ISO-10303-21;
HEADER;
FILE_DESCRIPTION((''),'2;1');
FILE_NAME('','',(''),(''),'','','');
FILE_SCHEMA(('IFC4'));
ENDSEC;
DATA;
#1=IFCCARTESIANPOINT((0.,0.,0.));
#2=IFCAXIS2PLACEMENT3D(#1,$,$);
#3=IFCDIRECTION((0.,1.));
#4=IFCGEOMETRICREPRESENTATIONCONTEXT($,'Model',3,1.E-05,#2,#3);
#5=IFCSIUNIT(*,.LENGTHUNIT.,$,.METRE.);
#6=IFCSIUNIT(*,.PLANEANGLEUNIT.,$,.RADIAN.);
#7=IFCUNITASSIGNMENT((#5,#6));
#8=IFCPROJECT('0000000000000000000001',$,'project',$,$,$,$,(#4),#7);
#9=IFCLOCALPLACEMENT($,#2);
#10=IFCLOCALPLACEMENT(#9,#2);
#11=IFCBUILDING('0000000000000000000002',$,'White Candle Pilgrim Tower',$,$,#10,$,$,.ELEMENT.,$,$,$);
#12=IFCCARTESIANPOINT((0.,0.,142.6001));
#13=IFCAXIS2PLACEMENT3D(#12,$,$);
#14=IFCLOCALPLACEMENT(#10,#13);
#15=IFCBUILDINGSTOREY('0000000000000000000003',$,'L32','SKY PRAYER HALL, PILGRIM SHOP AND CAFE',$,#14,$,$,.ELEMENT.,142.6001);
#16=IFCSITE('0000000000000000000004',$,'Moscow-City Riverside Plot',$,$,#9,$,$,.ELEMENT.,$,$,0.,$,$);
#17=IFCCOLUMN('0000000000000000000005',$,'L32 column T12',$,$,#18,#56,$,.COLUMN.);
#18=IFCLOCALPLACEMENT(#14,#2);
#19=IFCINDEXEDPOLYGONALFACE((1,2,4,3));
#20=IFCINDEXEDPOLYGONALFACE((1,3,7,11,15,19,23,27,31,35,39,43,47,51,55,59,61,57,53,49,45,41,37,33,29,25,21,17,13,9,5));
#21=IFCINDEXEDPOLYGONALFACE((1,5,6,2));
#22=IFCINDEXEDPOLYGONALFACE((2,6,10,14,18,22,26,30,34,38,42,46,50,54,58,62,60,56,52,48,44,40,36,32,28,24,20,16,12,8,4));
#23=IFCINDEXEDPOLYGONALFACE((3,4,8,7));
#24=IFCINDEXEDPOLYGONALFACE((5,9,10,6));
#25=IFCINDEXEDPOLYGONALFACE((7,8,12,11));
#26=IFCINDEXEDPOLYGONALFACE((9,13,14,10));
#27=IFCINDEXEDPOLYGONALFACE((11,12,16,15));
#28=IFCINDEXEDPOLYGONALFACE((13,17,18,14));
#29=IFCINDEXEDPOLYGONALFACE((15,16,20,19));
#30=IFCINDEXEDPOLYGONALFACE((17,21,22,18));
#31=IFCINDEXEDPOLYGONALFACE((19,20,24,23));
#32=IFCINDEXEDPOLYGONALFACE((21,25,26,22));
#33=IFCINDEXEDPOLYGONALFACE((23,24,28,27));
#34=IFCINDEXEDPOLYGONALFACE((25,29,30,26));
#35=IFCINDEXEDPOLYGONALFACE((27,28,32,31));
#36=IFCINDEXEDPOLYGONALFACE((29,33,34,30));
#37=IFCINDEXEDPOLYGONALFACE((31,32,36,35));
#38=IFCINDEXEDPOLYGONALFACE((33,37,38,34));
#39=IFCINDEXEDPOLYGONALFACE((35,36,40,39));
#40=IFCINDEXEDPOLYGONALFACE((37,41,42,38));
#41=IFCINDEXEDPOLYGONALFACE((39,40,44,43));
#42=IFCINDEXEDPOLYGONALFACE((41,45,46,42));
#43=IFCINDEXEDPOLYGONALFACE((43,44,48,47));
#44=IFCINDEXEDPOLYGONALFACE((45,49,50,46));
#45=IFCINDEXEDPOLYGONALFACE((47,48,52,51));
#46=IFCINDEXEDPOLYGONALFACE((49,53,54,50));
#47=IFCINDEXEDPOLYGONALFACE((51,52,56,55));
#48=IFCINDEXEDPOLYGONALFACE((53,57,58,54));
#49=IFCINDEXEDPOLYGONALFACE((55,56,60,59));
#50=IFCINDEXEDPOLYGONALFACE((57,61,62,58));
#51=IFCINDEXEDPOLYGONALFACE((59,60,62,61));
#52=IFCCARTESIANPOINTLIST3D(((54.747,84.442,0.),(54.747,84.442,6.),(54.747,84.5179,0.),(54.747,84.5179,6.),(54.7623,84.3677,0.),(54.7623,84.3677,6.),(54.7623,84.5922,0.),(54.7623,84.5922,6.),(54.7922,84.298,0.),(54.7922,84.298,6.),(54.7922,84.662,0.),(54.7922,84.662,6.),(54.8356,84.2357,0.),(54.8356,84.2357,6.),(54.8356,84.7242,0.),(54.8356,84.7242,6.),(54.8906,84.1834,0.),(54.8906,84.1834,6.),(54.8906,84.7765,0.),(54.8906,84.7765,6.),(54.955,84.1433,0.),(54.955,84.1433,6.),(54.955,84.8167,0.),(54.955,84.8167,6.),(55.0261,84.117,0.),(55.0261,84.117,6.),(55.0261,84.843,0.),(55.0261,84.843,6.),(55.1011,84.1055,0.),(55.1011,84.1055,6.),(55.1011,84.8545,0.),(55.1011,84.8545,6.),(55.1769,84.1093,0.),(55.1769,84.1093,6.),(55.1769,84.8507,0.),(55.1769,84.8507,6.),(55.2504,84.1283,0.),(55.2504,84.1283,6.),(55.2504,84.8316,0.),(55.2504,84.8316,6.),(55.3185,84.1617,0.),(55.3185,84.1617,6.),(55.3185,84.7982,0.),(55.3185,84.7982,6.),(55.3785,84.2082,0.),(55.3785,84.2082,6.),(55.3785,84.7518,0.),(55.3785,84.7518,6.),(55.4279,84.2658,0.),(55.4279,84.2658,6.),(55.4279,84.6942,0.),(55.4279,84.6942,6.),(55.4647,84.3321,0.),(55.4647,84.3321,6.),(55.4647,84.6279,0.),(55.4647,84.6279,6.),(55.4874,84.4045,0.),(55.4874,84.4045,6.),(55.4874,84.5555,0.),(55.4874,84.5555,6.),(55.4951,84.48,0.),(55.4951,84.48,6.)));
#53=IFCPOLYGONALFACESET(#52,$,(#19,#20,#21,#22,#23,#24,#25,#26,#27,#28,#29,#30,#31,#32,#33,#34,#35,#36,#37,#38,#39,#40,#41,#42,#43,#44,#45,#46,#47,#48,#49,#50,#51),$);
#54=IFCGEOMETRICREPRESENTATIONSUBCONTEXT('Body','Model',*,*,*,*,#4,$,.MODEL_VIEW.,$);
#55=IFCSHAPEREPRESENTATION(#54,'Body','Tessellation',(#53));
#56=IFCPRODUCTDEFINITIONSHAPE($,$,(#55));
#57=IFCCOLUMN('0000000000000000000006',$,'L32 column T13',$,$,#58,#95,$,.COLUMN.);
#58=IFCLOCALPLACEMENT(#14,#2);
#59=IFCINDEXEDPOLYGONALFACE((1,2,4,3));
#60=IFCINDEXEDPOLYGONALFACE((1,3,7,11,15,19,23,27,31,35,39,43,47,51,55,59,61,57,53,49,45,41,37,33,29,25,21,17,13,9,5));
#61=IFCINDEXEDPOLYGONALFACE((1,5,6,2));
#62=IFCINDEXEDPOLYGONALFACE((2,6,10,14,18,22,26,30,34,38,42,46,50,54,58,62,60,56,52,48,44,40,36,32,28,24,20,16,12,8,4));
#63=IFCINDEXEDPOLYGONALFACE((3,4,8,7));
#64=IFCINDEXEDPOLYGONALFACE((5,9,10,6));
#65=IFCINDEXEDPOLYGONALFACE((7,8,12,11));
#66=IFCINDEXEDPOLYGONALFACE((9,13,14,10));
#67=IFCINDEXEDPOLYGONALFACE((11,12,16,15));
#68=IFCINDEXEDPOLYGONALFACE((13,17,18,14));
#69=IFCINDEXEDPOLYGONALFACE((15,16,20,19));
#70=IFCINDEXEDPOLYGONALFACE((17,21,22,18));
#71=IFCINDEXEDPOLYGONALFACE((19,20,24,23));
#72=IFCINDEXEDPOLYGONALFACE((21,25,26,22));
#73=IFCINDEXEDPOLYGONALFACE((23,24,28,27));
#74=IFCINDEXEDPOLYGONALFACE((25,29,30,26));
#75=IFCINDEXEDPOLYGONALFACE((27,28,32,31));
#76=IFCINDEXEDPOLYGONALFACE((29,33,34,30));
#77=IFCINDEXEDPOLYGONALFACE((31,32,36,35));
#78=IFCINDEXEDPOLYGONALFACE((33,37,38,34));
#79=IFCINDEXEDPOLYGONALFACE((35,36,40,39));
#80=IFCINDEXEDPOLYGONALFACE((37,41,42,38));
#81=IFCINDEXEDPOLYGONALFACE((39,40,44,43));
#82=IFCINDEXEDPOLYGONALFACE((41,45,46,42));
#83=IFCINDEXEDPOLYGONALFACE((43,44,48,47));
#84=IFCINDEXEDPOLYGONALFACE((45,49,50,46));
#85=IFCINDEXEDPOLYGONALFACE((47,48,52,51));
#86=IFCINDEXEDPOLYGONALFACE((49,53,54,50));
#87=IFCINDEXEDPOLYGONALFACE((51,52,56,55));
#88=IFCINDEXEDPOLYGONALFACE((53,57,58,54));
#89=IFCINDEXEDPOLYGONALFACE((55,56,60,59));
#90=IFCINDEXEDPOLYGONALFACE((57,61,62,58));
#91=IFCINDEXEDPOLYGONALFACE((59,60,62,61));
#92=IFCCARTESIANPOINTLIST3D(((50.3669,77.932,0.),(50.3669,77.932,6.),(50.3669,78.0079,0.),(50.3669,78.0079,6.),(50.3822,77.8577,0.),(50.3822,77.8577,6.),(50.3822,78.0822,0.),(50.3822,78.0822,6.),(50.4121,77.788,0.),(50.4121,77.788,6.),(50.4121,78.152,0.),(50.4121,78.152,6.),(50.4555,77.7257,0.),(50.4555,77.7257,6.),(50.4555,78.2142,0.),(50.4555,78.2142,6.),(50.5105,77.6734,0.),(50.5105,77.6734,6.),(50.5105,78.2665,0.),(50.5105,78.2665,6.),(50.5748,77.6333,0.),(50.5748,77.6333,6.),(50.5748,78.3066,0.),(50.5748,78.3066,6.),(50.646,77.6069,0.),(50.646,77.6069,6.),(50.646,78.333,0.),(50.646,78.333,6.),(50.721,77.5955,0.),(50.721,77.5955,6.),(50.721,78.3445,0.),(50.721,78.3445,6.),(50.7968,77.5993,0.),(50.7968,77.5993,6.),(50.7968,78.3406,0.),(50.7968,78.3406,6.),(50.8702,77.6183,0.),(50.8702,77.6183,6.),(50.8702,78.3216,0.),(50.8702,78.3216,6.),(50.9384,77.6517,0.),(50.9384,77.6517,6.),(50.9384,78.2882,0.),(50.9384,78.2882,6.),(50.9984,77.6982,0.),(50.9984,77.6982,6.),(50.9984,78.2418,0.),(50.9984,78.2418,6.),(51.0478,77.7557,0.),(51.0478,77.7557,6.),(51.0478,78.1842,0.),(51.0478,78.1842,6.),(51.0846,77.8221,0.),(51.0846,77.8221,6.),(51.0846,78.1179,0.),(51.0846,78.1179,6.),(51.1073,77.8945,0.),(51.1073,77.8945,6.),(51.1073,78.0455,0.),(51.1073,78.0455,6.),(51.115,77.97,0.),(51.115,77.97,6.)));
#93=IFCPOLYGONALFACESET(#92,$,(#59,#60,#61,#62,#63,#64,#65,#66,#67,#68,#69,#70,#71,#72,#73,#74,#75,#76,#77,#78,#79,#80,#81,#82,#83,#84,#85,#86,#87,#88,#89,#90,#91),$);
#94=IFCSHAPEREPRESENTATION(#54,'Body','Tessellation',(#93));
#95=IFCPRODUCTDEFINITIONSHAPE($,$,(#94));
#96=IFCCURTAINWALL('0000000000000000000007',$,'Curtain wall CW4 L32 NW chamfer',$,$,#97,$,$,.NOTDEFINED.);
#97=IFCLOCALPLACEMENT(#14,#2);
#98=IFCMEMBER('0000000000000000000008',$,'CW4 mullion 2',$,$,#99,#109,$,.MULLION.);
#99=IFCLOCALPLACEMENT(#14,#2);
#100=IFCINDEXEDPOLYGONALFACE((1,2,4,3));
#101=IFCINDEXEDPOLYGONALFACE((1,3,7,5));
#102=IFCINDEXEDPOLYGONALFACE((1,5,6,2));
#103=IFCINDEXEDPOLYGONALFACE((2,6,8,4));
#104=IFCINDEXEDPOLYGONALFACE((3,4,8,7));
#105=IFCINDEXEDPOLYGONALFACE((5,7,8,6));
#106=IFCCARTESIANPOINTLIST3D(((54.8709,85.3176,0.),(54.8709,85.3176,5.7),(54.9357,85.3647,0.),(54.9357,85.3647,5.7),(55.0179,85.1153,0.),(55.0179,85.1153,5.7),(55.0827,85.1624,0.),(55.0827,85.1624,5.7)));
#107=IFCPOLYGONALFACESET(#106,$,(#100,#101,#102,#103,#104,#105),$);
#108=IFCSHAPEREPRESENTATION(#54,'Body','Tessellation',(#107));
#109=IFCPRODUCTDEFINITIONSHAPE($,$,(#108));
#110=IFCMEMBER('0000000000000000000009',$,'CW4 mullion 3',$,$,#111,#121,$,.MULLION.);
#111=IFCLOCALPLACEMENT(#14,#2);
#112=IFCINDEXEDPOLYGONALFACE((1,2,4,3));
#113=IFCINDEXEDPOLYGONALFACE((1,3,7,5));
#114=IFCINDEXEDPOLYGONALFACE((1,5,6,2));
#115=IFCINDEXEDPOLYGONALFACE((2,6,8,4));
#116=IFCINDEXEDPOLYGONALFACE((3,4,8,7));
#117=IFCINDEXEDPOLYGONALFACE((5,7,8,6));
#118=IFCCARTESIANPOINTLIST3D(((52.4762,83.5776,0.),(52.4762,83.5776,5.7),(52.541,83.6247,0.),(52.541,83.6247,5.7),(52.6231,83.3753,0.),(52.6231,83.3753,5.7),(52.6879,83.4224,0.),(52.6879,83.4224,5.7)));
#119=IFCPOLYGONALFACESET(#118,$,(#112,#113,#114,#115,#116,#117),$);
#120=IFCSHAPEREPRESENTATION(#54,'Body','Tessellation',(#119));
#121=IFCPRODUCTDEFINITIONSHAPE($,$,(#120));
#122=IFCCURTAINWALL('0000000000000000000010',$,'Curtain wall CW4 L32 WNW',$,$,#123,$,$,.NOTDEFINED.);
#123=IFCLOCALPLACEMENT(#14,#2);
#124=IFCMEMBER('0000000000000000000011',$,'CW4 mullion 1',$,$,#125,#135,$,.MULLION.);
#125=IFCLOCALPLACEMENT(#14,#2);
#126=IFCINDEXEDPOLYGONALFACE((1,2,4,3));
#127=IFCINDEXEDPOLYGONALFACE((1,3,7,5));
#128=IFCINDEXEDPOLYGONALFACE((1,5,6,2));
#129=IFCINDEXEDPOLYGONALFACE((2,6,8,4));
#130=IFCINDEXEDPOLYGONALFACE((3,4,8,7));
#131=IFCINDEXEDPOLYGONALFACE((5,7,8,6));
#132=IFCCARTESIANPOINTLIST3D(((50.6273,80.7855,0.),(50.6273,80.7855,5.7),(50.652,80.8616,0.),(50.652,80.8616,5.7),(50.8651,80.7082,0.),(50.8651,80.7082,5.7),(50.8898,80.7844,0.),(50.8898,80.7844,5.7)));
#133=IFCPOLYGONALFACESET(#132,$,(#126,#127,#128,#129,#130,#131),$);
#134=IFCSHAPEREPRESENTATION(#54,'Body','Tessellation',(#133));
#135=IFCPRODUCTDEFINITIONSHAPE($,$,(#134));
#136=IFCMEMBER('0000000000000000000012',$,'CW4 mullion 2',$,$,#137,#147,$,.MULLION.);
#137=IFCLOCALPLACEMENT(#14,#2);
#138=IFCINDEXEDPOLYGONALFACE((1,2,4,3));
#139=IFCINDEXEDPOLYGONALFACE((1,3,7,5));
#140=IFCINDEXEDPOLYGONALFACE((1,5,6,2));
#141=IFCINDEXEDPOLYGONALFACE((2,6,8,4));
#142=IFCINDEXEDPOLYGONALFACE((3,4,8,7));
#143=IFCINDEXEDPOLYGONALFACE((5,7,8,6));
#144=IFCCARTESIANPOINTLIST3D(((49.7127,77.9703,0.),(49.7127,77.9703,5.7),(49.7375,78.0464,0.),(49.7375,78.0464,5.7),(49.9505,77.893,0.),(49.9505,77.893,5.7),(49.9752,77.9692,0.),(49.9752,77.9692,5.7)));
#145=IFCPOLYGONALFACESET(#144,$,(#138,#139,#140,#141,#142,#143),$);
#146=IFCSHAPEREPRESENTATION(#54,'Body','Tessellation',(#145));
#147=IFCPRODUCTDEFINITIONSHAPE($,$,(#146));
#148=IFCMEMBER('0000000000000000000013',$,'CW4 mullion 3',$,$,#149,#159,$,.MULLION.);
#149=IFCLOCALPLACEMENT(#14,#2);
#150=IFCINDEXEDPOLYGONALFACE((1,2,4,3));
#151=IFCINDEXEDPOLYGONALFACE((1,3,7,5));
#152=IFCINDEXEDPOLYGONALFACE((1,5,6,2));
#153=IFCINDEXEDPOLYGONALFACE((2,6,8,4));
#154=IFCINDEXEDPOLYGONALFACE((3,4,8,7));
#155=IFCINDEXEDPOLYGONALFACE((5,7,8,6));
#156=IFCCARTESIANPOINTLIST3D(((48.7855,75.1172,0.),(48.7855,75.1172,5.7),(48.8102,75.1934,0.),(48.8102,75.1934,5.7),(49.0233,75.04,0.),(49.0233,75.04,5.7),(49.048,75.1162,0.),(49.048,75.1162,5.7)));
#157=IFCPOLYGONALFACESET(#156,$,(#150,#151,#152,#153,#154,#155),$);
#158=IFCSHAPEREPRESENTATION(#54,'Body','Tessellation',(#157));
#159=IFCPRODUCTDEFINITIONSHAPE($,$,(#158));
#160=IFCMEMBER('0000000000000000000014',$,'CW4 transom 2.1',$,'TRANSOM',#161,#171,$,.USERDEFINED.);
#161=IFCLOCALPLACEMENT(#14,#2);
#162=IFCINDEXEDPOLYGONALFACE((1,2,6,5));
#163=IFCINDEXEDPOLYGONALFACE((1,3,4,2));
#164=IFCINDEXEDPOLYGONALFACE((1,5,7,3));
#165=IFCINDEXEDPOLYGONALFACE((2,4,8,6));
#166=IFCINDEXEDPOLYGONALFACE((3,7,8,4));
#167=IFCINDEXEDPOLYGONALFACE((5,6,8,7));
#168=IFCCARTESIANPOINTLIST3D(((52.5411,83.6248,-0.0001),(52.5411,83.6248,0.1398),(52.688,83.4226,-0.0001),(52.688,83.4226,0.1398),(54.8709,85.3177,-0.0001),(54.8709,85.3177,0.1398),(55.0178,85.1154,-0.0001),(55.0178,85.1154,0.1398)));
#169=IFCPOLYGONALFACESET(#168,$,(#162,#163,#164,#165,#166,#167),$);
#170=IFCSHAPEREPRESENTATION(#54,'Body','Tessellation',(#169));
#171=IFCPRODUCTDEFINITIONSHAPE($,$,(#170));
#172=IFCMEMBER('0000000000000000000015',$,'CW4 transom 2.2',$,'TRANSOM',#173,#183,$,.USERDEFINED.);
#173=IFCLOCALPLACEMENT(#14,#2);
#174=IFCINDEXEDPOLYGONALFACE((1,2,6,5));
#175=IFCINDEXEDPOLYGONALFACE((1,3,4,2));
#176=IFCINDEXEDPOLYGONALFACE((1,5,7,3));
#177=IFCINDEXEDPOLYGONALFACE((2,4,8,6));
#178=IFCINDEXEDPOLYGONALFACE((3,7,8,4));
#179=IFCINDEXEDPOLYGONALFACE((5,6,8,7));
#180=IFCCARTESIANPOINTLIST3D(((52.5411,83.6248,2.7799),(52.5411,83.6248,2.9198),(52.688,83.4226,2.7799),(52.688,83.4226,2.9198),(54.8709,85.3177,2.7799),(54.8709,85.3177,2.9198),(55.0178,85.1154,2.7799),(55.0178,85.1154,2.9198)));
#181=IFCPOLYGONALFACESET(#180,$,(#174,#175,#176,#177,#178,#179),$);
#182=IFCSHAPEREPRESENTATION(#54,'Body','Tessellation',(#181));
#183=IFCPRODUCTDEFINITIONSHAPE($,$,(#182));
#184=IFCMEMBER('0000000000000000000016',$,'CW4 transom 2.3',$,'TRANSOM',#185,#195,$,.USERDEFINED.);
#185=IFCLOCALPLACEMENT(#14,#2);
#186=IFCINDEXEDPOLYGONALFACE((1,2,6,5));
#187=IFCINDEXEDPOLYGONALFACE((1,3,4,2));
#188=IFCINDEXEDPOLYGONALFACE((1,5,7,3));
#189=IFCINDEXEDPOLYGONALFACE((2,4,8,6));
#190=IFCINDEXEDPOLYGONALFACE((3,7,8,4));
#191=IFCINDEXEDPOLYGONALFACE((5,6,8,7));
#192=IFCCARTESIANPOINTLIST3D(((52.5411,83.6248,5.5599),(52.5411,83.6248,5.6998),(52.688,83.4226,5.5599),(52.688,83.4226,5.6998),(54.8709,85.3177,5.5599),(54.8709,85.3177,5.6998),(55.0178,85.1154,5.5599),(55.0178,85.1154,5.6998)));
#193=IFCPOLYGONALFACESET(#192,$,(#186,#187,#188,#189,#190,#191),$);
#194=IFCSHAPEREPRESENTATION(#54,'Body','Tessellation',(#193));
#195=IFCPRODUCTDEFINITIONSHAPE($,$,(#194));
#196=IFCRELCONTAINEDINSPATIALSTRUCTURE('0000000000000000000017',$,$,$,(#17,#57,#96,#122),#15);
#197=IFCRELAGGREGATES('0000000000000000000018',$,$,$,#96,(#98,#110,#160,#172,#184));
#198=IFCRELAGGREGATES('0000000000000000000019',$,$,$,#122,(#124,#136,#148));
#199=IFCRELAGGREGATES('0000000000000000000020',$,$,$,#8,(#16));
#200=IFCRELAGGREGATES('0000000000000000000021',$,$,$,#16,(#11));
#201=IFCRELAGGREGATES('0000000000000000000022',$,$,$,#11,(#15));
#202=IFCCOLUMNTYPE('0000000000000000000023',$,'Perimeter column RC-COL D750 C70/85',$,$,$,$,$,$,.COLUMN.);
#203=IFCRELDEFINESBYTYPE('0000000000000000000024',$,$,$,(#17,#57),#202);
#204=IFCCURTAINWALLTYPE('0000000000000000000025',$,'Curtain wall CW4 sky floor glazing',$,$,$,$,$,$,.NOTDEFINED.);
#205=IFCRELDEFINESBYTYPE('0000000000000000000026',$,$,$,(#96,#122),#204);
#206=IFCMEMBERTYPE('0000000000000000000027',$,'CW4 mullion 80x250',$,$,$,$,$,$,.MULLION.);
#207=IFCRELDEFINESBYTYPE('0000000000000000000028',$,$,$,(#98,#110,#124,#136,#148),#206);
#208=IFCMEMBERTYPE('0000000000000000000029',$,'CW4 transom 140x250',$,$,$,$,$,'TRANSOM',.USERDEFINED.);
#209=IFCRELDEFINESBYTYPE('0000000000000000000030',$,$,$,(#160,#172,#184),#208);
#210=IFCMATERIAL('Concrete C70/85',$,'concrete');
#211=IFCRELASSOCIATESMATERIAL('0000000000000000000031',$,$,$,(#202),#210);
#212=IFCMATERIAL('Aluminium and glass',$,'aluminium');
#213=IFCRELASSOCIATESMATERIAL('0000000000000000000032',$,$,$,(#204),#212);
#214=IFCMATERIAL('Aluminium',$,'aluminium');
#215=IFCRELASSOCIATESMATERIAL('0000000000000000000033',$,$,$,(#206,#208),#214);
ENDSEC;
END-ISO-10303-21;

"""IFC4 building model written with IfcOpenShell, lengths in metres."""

from ifc_helpers import new_model, si_unit, direction, frame, origin, origin_2d, place, context, subcontext, project, spatial, rectangle, circle, extrude, material, material_profile, profile_set, type_object, element, aggregate, save


model = new_model("IFC4")

# Units and contexts
model_context = context("Model", 3, precision=1e-05, world=origin(), true_north=direction((0.0, 1.0)))
body_context = subcontext(model_context, "Body", "Model", "MODEL_VIEW")
ifc_project = project(units=[si_unit("LENGTHUNIT", "METRE"), si_unit("PLANEANGLEUNIT", "RADIAN")], contexts=[model_context])

# Site, building, storey
site_placement = place(None, origin())
site = spatial("IfcSite", under=ifc_project, at=site_placement, Name="Moscow-City Riverside Plot", CompositionType="ELEMENT", RefElevation=0.0)
building_placement = place(site_placement, origin())
building = spatial("IfcBuilding", under=site, at=building_placement, Name="White Candle Pilgrim Tower", CompositionType="ELEMENT")
storey_placement = place(building_placement, frame((0.0, 0.0, 142.6001)))
storey = spatial("IfcBuildingStorey", under=building, at=storey_placement, Name="L32", Description="SKY PRAYER HALL, PILGRIM SHOP AND CAFE", CompositionType="ELEMENT", Elevation=142.6001)

# Columns
ifc_material_1 = material(Name="Concrete C70/85", Category="concrete")
ifc_material_profile_1 = material_profile(ifc_material_1, circle(Radius=0.375, at=origin_2d()), Name="RC-COL D750")
ifc_profile_set_1 = profile_set([ifc_material_profile_1], Name="Concrete C70/85")
column_type = type_object("IfcColumnType", Name="Perimeter column RC-COL D750 C70/85", PredefinedType="COLUMN", material=ifc_profile_set_1)
for number, where, z_axis, x_axis, name in (
    (1, (55.1201, 84.48, 0.0), (0.0, 0.0, 1.0), (1.0, 0.0, 0.0), "L32 column T12"),
    (2, (50.74, 77.97, 0.0), (0.0, 0.0, 1.0), (1.0, 0.0, 0.0), "L32 column T13"),
):
    element("IfcColumn", number, at=place(storey_placement, frame(where, z_axis=z_axis, x_axis=x_axis)), inside=storey, type_object=column_type, Name=name, PredefinedType="COLUMN", context=body_context, shape_type="SweptSolid", body=[
        extrude(circle(Radius=0.375, at=origin_2d()), origin(), (0.0, 0.0, 1.0), 6.0),
    ])

# Curtain walls, members
ifc_material_2 = material(Name="Aluminium and glass", Category="aluminium")
curtain_wall_type = type_object("IfcCurtainWallType", Name="Curtain wall CW4 sky floor glazing", PredefinedType="NOTDEFINED", material=ifc_material_2)
curtain_wall_1_placement = place(storey_placement, origin())
curtain_wall_1 = element("IfcCurtainWall", 3, at=curtain_wall_1_placement, inside=storey, type_object=curtain_wall_type, Name="Curtain wall CW4 L32 NW chamfer", PredefinedType="NOTDEFINED")
ifc_material_3 = material(Name="Aluminium", Category="aluminium")
ifc_material_profile_2 = material_profile(ifc_material_3, rectangle(XDim=0.25, YDim=0.0801, at=origin_2d()), Name="CW4 mullion 80x250")
ifc_profile_set_2 = profile_set([ifc_material_profile_2], Name="Aluminium")
member_type_1 = type_object("IfcMemberType", Name="CW4 mullion 80x250", PredefinedType="MULLION", material=ifc_profile_set_2)
member_1_placement = place(storey_placement, frame((54.9768, 85.24, 0.0), z_axis=(0.0, 0.0, 1.0), x_axis=(0.587785, -0.809017, 0.0)))
member_1 = element("IfcMember", 4, at=member_1_placement, type_object=member_type_1, Name="CW4 mullion 2", PredefinedType="MULLION", context=body_context, shape_type="SweptSolid", body=[
    extrude(rectangle(XDim=0.25, YDim=0.0801, at=origin_2d()), origin(), (0.0, 0.0, 1.0), 5.7),
])
member_2_placement = place(storey_placement, frame((52.582, 83.5, 0.0), z_axis=(0.0, 0.0, 1.0), x_axis=(0.587785, -0.809017, 0.0)))
member_2 = element("IfcMember", 5, at=member_2_placement, type_object=member_type_1, Name="CW4 mullion 3", PredefinedType="MULLION", context=body_context, shape_type="SweptSolid", body=[
    extrude(rectangle(XDim=0.25, YDim=0.0801, at=origin_2d()), origin(), (0.0, 0.0, 1.0), 5.7),
])
curtain_wall_2_placement = place(storey_placement, origin())
curtain_wall_2 = element("IfcCurtainWall", 6, at=curtain_wall_2_placement, inside=storey, type_object=curtain_wall_type, Name="Curtain wall CW4 L32 WNW", PredefinedType="NOTDEFINED")
member_3_placement = place(storey_placement, frame((50.7585, 80.7849, 0.0), z_axis=(0.0, 0.0, 1.0), x_axis=(0.951057, -0.309017, 0.0)))
member_3 = element("IfcMember", 7, at=member_3_placement, type_object=member_type_1, Name="CW4 mullion 1", PredefinedType="MULLION", context=body_context, shape_type="SweptSolid", body=[
    extrude(rectangle(XDim=0.25, YDim=0.0801, at=origin_2d()), origin(), (0.0, 0.0, 1.0), 5.7),
])
member_4_placement = place(storey_placement, frame((49.844, 77.9697, 0.0), z_axis=(0.0, 0.0, 1.0), x_axis=(0.951057, -0.309017, 0.0)))
member_4 = element("IfcMember", 8, at=member_4_placement, type_object=member_type_1, Name="CW4 mullion 2", PredefinedType="MULLION", context=body_context, shape_type="SweptSolid", body=[
    extrude(rectangle(XDim=0.25, YDim=0.0801, at=origin_2d()), origin(), (0.0, 0.0, 1.0), 5.7),
])
member_5_placement = place(storey_placement, frame((48.9167, 75.1167, 0.0), z_axis=(0.0, 0.0, 1.0), x_axis=(0.951057, -0.309017, 0.0)))
member_5 = element("IfcMember", 9, at=member_5_placement, type_object=member_type_1, Name="CW4 mullion 3", PredefinedType="MULLION", context=body_context, shape_type="SweptSolid", body=[
    extrude(rectangle(XDim=0.25, YDim=0.0801, at=origin_2d()), origin(), (0.0, 0.0, 1.0), 5.7),
])

# Members
ifc_material_profile_3 = material_profile(ifc_material_3, rectangle(XDim=0.25, YDim=0.1399, at=origin_2d()), Name="CW4 transom 140x250")
ifc_profile_set_3 = profile_set([ifc_material_profile_3], Name="Aluminium")
member_type_2 = type_object("IfcMemberType", Name="CW4 transom 140x250", ElementType="TRANSOM", PredefinedType="USERDEFINED", material=ifc_profile_set_3)
member_6_placement = place(storey_placement, frame((54.9443, 85.2166, 0.0698), z_axis=(-0.808993, -0.587819, 0.0), x_axis=(0.587819, -0.808993, 0.0)))
member_6 = element("IfcMember", 10, at=member_6_placement, type_object=member_type_2, Name="CW4 transom 2.1", ObjectType="TRANSOM", PredefinedType="USERDEFINED", context=body_context, shape_type="SweptSolid", body=[
    extrude(rectangle(XDim=0.25, YDim=0.1399, at=origin_2d()), origin(), (0.0, 0.0, 1.0), 2.8799),
])
member_7_placement = place(storey_placement, frame((54.9443, 85.2166, 2.8499), z_axis=(-0.808993, -0.587819, 0.0), x_axis=(0.587819, -0.808993, 0.0)))
member_7 = element("IfcMember", 11, at=member_7_placement, type_object=member_type_2, Name="CW4 transom 2.2", ObjectType="TRANSOM", PredefinedType="USERDEFINED", context=body_context, shape_type="SweptSolid", body=[
    extrude(rectangle(XDim=0.25, YDim=0.1399, at=origin_2d()), origin(), (0.0, 0.0, 1.0), 2.8799),
])
member_8_placement = place(storey_placement, frame((54.9443, 85.2166, 5.6299), z_axis=(-0.808993, -0.587819, 0.0), x_axis=(0.587819, -0.808993, 0.0)))
member_8 = element("IfcMember", 12, at=member_8_placement, type_object=member_type_2, Name="CW4 transom 2.3", ObjectType="TRANSOM", PredefinedType="USERDEFINED", context=body_context, shape_type="SweptSolid", body=[
    extrude(rectangle(XDim=0.25, YDim=0.1399, at=origin_2d()), origin(), (0.0, 0.0, 1.0), 2.8799),
])

aggregate(curtain_wall_1, [member_1, member_2, member_6, member_7, member_8])
aggregate(curtain_wall_2, [member_3, member_4, member_5])

save(model, "model.ifc")
